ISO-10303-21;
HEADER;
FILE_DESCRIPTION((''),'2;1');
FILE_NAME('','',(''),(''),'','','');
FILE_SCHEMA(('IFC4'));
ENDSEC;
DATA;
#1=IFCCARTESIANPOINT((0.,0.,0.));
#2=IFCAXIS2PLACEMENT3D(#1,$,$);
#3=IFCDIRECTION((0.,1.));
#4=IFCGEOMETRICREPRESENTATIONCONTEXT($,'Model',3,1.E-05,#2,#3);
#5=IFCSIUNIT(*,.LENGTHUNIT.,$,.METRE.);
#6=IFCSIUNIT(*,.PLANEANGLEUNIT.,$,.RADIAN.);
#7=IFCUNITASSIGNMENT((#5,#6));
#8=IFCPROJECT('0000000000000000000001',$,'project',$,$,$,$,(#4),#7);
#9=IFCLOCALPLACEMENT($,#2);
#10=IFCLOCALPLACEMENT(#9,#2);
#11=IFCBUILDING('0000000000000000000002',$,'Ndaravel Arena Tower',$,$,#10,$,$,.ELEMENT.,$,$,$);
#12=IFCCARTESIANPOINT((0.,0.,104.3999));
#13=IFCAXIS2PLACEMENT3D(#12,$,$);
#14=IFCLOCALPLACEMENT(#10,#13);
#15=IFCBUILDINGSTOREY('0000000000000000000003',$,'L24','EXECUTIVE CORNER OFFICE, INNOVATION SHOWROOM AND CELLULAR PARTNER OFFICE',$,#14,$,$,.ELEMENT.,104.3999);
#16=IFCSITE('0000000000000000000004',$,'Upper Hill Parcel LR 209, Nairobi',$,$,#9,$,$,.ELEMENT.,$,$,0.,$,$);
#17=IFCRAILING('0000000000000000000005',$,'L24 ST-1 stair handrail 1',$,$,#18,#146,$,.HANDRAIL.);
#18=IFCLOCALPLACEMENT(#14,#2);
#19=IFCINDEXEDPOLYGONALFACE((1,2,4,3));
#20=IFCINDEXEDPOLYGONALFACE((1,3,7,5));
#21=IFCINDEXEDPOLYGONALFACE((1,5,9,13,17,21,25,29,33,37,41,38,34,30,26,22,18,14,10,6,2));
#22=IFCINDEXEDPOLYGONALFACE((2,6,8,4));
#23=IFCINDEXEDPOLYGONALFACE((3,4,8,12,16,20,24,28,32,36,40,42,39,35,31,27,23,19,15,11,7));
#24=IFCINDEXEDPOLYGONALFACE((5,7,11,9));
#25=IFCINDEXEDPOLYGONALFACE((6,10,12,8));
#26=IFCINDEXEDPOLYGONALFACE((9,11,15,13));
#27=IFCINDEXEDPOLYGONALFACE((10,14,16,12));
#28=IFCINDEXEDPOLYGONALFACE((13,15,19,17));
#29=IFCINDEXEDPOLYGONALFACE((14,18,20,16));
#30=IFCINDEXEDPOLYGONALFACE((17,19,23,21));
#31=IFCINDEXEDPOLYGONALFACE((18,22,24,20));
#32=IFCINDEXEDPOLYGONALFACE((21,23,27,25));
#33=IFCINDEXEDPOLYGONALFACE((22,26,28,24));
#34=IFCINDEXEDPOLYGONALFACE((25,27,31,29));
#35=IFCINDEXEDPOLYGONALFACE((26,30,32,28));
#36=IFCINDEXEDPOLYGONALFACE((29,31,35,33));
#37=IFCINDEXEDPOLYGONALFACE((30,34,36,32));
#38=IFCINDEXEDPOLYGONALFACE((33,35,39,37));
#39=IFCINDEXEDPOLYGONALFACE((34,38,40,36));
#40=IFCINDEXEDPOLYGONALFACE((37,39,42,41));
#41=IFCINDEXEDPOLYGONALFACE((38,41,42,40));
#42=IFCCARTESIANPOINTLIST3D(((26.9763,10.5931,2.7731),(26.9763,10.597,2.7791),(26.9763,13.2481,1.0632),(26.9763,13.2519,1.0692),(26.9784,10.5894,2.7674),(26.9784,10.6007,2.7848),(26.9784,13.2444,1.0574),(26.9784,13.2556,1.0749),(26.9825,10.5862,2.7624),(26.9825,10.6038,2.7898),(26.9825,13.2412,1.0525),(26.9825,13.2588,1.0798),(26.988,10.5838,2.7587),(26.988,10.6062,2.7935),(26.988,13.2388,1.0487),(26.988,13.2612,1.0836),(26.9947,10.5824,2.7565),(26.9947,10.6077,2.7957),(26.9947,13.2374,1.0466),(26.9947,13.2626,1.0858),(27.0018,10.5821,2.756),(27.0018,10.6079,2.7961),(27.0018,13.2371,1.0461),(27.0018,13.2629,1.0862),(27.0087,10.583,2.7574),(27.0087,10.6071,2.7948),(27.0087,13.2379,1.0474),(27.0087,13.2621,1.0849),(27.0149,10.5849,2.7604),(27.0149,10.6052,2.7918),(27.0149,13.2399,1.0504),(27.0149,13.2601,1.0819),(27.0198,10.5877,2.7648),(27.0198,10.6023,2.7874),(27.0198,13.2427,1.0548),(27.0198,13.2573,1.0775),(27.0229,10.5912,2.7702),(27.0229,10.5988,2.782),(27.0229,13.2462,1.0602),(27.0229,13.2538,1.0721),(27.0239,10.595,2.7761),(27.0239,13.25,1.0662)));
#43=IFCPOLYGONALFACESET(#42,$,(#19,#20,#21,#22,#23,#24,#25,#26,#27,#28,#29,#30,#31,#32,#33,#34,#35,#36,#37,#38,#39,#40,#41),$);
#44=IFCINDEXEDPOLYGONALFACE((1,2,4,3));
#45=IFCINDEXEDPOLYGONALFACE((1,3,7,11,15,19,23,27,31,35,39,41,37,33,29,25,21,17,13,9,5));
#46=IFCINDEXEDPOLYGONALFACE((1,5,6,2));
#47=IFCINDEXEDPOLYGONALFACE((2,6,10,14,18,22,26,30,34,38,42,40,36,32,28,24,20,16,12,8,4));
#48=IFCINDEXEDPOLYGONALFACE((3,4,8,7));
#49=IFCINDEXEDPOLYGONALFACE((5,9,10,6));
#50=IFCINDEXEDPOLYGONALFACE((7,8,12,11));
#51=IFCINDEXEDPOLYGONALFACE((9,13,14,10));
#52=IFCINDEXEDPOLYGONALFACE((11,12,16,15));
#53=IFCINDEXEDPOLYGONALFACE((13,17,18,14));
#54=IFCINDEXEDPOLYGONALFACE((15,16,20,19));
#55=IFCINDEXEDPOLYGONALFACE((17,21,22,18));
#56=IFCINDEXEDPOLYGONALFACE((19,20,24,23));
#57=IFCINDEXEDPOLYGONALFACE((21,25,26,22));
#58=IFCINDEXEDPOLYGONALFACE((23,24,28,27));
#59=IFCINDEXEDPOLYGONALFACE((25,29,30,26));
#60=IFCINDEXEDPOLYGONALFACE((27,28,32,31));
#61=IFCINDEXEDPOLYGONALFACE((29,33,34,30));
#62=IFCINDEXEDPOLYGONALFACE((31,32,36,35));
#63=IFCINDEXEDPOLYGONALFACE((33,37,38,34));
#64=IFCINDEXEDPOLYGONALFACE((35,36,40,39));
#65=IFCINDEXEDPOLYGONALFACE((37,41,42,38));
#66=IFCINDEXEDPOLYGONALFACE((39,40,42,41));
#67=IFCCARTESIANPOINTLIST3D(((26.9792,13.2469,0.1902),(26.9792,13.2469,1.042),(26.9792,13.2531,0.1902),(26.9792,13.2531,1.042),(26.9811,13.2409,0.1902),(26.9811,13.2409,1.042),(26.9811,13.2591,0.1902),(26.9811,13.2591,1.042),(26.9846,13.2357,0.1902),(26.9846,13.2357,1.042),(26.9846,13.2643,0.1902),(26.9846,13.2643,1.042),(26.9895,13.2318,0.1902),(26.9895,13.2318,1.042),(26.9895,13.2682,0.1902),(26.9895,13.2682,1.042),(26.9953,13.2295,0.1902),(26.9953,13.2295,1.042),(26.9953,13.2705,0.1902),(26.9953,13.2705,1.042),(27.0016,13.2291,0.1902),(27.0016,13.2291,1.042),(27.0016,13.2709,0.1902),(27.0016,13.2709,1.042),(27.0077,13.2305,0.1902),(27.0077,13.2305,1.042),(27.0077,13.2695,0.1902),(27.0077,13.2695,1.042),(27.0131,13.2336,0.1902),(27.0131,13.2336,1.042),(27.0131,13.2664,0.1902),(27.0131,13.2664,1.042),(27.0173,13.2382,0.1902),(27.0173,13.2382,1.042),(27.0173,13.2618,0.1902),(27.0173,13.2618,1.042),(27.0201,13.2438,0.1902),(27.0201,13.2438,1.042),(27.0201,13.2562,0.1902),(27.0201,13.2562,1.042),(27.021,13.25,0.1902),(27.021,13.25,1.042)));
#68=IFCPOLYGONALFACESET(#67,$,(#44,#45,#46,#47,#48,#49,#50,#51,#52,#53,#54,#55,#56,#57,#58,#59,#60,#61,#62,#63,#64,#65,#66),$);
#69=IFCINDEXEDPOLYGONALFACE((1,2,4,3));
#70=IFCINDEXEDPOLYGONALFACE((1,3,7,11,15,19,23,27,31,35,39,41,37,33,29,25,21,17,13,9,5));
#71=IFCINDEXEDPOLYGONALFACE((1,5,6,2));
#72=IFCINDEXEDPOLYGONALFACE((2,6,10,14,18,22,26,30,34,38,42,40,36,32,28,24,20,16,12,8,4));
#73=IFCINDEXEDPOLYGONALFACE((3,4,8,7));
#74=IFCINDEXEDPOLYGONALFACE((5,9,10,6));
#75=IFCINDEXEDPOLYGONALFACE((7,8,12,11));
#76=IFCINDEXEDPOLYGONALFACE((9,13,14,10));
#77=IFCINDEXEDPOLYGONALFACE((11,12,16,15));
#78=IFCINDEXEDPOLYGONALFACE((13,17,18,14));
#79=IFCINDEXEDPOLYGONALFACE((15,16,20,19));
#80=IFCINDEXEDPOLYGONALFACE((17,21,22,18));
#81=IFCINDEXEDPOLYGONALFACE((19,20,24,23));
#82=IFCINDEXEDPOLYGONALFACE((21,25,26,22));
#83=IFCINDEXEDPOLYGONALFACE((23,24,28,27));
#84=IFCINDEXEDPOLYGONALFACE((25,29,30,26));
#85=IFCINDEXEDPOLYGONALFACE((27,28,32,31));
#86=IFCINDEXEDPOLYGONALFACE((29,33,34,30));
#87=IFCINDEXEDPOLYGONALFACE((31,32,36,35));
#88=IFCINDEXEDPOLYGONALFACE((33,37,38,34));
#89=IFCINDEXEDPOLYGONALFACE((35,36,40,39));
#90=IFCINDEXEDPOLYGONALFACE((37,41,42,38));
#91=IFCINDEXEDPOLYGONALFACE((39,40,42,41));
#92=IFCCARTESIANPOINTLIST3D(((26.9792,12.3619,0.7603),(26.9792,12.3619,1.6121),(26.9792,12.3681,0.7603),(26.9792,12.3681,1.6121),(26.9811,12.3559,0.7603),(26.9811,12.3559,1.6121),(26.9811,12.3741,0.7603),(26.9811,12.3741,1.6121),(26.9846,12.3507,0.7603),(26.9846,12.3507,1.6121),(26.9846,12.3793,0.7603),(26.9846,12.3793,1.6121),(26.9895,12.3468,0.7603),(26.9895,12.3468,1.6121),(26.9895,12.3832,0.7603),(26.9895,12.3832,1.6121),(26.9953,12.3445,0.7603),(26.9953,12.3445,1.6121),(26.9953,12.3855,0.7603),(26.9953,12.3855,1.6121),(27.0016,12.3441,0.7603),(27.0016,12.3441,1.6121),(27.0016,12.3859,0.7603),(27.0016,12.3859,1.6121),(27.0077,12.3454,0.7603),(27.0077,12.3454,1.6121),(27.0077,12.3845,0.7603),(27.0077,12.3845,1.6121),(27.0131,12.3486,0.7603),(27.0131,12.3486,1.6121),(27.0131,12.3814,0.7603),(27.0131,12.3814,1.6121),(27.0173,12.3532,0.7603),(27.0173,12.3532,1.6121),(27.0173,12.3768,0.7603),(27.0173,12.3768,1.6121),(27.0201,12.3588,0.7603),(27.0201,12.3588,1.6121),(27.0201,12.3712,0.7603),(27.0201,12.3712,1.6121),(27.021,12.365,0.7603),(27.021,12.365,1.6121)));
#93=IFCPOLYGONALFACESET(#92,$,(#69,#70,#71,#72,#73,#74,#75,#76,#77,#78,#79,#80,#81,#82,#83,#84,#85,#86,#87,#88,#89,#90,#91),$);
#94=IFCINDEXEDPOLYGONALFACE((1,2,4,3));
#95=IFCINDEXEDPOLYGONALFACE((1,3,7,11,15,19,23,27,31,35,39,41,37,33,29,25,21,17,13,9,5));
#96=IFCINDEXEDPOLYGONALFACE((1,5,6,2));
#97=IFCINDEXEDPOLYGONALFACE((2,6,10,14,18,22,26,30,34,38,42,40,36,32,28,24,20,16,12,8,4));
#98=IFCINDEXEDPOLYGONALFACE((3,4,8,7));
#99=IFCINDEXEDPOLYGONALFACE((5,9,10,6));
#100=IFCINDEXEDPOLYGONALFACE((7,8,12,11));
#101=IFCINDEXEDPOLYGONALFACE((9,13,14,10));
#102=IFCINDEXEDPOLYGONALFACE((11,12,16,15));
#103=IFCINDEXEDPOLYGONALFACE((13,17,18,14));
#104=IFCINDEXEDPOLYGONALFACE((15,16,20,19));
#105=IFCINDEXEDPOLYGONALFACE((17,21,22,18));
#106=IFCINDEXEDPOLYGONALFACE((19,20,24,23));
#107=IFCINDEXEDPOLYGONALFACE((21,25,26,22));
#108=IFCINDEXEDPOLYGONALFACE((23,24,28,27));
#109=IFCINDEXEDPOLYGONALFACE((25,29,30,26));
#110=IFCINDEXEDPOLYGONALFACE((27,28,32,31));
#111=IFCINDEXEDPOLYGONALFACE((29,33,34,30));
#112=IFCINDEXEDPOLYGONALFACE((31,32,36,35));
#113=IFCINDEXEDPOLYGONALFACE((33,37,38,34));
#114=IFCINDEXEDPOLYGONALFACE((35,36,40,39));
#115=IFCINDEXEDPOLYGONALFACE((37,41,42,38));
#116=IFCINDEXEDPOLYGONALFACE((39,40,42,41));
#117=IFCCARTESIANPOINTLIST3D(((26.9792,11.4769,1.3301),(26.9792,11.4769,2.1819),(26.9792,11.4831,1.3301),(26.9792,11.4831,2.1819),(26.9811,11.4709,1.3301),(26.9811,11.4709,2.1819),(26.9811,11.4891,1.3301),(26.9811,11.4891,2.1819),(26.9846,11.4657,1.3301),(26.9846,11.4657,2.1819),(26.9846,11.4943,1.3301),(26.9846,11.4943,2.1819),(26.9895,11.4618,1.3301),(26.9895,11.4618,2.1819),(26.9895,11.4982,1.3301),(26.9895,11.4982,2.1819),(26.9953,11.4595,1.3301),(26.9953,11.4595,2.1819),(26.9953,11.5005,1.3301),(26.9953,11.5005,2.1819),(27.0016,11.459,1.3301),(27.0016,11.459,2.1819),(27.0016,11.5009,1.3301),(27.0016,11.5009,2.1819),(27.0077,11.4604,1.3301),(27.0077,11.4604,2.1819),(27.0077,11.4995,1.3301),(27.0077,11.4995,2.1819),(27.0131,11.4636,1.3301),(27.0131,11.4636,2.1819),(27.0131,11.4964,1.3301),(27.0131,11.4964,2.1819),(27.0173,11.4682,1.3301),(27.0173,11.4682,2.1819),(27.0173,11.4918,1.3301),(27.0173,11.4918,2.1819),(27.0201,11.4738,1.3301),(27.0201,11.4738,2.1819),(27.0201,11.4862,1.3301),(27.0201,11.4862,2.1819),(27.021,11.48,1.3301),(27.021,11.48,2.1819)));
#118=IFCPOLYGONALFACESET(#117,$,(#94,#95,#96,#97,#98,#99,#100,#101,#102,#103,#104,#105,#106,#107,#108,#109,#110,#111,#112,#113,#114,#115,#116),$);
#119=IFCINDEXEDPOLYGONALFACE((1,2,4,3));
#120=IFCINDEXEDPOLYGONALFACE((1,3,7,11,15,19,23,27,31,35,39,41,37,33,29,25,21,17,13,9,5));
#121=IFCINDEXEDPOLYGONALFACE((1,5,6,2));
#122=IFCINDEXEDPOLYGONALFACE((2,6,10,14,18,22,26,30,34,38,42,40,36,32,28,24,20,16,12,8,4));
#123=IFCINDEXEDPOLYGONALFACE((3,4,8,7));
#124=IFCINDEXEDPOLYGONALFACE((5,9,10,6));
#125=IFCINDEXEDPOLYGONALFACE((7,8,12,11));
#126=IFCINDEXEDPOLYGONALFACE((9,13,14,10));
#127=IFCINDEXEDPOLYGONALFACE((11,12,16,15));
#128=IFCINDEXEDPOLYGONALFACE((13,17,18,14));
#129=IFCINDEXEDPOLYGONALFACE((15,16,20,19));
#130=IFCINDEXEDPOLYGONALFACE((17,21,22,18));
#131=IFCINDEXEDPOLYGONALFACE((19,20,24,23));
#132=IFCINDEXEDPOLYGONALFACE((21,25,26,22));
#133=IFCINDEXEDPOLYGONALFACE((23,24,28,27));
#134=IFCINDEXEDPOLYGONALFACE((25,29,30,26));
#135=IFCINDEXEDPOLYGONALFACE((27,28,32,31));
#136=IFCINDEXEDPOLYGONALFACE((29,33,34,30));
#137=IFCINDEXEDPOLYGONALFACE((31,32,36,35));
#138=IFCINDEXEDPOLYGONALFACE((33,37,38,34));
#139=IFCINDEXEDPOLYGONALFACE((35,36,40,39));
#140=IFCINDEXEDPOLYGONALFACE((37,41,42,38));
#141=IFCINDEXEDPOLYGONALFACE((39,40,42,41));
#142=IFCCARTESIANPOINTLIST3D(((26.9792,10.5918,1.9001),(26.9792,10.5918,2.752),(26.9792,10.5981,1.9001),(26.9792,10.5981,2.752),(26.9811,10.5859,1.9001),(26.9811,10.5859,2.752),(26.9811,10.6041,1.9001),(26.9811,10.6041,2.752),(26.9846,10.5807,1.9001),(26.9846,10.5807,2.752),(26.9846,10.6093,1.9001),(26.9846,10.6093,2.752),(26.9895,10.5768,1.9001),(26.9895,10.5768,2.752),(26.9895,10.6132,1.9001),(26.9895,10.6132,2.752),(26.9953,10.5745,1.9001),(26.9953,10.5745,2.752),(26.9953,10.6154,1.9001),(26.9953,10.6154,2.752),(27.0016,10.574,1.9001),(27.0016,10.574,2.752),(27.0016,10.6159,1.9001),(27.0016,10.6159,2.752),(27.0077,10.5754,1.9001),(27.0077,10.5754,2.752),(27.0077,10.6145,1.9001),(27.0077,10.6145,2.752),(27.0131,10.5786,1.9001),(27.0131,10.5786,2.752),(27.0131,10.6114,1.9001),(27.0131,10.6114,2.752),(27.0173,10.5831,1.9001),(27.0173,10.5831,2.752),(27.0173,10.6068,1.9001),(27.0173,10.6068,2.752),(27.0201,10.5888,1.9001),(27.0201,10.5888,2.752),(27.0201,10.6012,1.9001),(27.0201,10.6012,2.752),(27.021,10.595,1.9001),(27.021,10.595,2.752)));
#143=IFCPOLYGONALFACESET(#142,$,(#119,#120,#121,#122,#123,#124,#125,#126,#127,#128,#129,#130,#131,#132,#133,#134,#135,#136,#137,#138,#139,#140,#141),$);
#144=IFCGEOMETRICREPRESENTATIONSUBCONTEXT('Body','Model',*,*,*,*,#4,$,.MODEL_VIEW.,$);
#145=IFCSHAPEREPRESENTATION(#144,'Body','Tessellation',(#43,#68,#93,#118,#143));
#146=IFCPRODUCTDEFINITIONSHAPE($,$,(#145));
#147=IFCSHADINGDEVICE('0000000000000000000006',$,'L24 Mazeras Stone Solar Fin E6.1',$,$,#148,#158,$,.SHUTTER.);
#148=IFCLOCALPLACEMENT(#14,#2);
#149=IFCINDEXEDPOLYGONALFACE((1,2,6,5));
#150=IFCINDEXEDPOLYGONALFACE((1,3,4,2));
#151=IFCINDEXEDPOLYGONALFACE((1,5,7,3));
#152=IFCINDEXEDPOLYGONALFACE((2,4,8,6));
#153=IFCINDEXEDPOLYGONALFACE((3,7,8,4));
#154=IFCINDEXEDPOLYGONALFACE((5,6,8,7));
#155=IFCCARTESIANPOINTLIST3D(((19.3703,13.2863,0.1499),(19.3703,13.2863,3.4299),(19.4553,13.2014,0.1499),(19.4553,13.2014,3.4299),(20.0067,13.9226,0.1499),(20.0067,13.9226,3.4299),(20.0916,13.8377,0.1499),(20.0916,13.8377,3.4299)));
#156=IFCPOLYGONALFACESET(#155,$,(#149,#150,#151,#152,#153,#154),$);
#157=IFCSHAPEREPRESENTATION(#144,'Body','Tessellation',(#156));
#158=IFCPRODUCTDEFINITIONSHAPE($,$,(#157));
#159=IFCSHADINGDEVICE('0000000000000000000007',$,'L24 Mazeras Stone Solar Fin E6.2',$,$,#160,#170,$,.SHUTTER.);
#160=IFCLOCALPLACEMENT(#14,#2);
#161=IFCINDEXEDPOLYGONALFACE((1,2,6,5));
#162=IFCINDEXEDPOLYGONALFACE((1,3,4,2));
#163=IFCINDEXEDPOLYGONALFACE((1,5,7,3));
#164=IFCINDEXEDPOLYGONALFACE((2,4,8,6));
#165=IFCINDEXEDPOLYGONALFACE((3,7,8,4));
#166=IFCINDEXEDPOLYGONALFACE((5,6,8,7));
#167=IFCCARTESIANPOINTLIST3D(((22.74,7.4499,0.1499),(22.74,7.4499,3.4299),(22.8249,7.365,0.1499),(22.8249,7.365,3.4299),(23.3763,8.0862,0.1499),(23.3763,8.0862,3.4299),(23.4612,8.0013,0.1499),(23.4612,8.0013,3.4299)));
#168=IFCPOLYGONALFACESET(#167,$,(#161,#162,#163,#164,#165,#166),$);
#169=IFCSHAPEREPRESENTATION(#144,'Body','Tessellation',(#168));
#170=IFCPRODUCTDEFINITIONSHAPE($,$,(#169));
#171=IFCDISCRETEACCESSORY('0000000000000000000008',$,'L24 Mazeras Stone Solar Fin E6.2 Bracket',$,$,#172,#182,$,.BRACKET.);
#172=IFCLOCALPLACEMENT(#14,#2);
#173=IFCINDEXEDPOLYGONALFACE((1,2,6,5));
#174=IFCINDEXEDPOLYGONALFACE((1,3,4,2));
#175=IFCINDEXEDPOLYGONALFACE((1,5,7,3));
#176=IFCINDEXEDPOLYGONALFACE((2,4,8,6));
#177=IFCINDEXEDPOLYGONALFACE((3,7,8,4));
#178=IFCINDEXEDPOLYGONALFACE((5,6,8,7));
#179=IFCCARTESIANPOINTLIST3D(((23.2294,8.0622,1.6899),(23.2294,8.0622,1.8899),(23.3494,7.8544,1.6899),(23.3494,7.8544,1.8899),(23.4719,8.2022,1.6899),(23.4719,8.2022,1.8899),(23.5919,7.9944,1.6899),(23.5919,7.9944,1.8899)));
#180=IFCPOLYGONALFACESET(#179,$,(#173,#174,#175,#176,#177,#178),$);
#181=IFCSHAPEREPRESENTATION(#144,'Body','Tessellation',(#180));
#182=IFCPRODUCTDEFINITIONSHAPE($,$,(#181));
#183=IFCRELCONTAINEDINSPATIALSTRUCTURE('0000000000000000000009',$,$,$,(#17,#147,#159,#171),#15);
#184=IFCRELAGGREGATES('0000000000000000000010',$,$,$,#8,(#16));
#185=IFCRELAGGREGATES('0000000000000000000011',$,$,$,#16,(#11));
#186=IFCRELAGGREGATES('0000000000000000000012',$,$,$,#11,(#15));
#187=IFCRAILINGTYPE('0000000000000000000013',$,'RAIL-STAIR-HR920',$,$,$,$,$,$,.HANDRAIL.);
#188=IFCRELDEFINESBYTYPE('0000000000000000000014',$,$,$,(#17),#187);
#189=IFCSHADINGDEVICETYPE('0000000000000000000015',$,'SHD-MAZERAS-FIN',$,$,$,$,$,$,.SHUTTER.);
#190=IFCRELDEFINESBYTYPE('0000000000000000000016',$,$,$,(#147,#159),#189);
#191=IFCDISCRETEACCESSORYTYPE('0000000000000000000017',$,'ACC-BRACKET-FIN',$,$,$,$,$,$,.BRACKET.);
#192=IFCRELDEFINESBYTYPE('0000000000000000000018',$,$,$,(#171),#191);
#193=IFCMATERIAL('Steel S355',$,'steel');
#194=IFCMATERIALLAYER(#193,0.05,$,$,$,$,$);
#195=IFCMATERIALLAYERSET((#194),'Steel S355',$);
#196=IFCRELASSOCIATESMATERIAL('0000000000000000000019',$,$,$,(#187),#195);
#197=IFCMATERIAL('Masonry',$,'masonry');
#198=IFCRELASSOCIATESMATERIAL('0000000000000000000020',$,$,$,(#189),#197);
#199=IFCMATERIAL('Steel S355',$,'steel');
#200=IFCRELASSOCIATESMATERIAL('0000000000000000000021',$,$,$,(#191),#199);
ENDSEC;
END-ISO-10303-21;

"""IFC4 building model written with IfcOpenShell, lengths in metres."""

from ifc_helpers import new_model, si_unit, direction, frame, origin, origin_2d, place, context, subcontext, project, spatial, rectangle, circle, extrude, material, layer, layer_set, type_object, element, save


model = new_model("IFC4")

# Units and contexts
model_context = context("Model", 3, precision=1e-05, world=origin(), true_north=direction((0.0, 1.0)))
body_context = subcontext(model_context, "Body", "Model", "MODEL_VIEW")
ifc_project = project(units=[si_unit("LENGTHUNIT", "METRE"), si_unit("PLANEANGLEUNIT", "RADIAN")], contexts=[model_context])

# Site, building, storey
site_placement = place(None, origin())
site = spatial("IfcSite", under=ifc_project, at=site_placement, Name="Upper Hill Parcel LR 209, Nairobi", CompositionType="ELEMENT", RefElevation=0.0)
building_placement = place(site_placement, origin())
building = spatial("IfcBuilding", under=site, at=building_placement, Name="Ndaravel Arena Tower", CompositionType="ELEMENT")
storey_placement = place(building_placement, frame((0.0, 0.0, 104.3999)))
storey = spatial("IfcBuildingStorey", under=building, at=storey_placement, Name="L24", Description="EXECUTIVE CORNER OFFICE, INNOVATION SHOWROOM AND CELLULAR PARTNER OFFICE", CompositionType="ELEMENT", Elevation=104.3999)

# Railing
ifc_material_1 = material(Name="Steel S355", Category="steel")
ifc_layer_1 = layer(ifc_material_1, 0.05)
ifc_layer_set_1 = layer_set([ifc_layer_1], Name="Steel S355")
railing_type_1 = type_object("IfcRailingType", Name="RAIL-STAIR-HR920", PredefinedType="HANDRAIL", material=ifc_layer_set_1)
railing_1_placement = place(storey_placement, frame((27.0, 13.25, 0.1902)))
element("IfcRailing", 1, at=railing_1_placement, inside=storey, type_object=railing_type_1, Name="L24 ST-1 stair handrail 1", PredefinedType="HANDRAIL", context=body_context, shape_type="SweptSolid", body=[
    extrude(circle(Radius=0.0239, at=origin_2d()), frame((0.0, 0.0, 0.876), z_axis=(0.0, -0.840724, 0.541465), x_axis=(1.0, 0.0, 0.0)), (0.0, 0.0, 1.0), 3.158),
    extrude(circle(Radius=0.021, at=origin_2d()), origin(), (0.0, 0.0, 1.0), 0.8518),
    extrude(circle(Radius=0.021, at=origin_2d()), frame((0.0, -0.885, 0.5701)), (0.0, 0.0, 1.0), 0.8518),
    extrude(circle(Radius=0.021, at=origin_2d()), frame((0.0, -1.77, 1.1399)), (0.0, 0.0, 1.0), 0.8518),
    extrude(circle(Radius=0.021, at=origin_2d()), frame((0.0, -2.655, 1.71)), (0.0, 0.0, 1.0), 0.8518),
])

# Shading devices
ifc_material_2 = material(Name="Masonry", Category="masonry")
shading_device_type = type_object("IfcShadingDeviceType", Name="SHD-MAZERAS-FIN", PredefinedType="SHUTTER", material=ifc_material_2)
for number, where, z_axis, x_axis, name in (
    (2, (19.731, 13.562, 0.1499), (0.0, 0.0, 1.0), (-0.707107, -0.707107, 0.0), "L24 Mazeras Stone Solar Fin E6.1"),
    (3, (23.1006, 7.7256, 0.1499), (0.0, 0.0, 1.0), (-0.707107, -0.707107, 0.0), "L24 Mazeras Stone Solar Fin E6.2"),
):
    element("IfcShadingDevice", number, at=place(storey_placement, frame(where, z_axis=z_axis, x_axis=x_axis)), inside=storey, type_object=shading_device_type, Name=name, PredefinedType="SHUTTER", context=body_context, shape_type="SweptSolid", body=[
        extrude(rectangle(XDim=0.8999, YDim=0.1201, at=origin_2d()), origin(), (0.0, 0.0, 1.0), 3.28),
    ])

# Discrete accessory
ifc_material_3 = material(Name="Steel S355", Category="steel")
discrete_accessory_type = type_object("IfcDiscreteAccessoryType", Name="ACC-BRACKET-FIN", PredefinedType="BRACKET", material=ifc_material_3)
discrete_accessory_placement = place(storey_placement, frame((23.4106, 8.0283, 1.6899), z_axis=(0.0, 0.0, 1.0), x_axis=(-0.866025, -0.5, 0.0)))
element("IfcDiscreteAccessory", 4, at=discrete_accessory_placement, inside=storey, type_object=discrete_accessory_type, Name="L24 Mazeras Stone Solar Fin E6.2 Bracket", PredefinedType="BRACKET", context=body_context, shape_type="SweptSolid", body=[
    extrude(rectangle(XDim=0.28, YDim=0.24, at=origin_2d()), origin(), (0.0, 0.0, 1.0), 0.2),
])

save(model, "model.ifc")
